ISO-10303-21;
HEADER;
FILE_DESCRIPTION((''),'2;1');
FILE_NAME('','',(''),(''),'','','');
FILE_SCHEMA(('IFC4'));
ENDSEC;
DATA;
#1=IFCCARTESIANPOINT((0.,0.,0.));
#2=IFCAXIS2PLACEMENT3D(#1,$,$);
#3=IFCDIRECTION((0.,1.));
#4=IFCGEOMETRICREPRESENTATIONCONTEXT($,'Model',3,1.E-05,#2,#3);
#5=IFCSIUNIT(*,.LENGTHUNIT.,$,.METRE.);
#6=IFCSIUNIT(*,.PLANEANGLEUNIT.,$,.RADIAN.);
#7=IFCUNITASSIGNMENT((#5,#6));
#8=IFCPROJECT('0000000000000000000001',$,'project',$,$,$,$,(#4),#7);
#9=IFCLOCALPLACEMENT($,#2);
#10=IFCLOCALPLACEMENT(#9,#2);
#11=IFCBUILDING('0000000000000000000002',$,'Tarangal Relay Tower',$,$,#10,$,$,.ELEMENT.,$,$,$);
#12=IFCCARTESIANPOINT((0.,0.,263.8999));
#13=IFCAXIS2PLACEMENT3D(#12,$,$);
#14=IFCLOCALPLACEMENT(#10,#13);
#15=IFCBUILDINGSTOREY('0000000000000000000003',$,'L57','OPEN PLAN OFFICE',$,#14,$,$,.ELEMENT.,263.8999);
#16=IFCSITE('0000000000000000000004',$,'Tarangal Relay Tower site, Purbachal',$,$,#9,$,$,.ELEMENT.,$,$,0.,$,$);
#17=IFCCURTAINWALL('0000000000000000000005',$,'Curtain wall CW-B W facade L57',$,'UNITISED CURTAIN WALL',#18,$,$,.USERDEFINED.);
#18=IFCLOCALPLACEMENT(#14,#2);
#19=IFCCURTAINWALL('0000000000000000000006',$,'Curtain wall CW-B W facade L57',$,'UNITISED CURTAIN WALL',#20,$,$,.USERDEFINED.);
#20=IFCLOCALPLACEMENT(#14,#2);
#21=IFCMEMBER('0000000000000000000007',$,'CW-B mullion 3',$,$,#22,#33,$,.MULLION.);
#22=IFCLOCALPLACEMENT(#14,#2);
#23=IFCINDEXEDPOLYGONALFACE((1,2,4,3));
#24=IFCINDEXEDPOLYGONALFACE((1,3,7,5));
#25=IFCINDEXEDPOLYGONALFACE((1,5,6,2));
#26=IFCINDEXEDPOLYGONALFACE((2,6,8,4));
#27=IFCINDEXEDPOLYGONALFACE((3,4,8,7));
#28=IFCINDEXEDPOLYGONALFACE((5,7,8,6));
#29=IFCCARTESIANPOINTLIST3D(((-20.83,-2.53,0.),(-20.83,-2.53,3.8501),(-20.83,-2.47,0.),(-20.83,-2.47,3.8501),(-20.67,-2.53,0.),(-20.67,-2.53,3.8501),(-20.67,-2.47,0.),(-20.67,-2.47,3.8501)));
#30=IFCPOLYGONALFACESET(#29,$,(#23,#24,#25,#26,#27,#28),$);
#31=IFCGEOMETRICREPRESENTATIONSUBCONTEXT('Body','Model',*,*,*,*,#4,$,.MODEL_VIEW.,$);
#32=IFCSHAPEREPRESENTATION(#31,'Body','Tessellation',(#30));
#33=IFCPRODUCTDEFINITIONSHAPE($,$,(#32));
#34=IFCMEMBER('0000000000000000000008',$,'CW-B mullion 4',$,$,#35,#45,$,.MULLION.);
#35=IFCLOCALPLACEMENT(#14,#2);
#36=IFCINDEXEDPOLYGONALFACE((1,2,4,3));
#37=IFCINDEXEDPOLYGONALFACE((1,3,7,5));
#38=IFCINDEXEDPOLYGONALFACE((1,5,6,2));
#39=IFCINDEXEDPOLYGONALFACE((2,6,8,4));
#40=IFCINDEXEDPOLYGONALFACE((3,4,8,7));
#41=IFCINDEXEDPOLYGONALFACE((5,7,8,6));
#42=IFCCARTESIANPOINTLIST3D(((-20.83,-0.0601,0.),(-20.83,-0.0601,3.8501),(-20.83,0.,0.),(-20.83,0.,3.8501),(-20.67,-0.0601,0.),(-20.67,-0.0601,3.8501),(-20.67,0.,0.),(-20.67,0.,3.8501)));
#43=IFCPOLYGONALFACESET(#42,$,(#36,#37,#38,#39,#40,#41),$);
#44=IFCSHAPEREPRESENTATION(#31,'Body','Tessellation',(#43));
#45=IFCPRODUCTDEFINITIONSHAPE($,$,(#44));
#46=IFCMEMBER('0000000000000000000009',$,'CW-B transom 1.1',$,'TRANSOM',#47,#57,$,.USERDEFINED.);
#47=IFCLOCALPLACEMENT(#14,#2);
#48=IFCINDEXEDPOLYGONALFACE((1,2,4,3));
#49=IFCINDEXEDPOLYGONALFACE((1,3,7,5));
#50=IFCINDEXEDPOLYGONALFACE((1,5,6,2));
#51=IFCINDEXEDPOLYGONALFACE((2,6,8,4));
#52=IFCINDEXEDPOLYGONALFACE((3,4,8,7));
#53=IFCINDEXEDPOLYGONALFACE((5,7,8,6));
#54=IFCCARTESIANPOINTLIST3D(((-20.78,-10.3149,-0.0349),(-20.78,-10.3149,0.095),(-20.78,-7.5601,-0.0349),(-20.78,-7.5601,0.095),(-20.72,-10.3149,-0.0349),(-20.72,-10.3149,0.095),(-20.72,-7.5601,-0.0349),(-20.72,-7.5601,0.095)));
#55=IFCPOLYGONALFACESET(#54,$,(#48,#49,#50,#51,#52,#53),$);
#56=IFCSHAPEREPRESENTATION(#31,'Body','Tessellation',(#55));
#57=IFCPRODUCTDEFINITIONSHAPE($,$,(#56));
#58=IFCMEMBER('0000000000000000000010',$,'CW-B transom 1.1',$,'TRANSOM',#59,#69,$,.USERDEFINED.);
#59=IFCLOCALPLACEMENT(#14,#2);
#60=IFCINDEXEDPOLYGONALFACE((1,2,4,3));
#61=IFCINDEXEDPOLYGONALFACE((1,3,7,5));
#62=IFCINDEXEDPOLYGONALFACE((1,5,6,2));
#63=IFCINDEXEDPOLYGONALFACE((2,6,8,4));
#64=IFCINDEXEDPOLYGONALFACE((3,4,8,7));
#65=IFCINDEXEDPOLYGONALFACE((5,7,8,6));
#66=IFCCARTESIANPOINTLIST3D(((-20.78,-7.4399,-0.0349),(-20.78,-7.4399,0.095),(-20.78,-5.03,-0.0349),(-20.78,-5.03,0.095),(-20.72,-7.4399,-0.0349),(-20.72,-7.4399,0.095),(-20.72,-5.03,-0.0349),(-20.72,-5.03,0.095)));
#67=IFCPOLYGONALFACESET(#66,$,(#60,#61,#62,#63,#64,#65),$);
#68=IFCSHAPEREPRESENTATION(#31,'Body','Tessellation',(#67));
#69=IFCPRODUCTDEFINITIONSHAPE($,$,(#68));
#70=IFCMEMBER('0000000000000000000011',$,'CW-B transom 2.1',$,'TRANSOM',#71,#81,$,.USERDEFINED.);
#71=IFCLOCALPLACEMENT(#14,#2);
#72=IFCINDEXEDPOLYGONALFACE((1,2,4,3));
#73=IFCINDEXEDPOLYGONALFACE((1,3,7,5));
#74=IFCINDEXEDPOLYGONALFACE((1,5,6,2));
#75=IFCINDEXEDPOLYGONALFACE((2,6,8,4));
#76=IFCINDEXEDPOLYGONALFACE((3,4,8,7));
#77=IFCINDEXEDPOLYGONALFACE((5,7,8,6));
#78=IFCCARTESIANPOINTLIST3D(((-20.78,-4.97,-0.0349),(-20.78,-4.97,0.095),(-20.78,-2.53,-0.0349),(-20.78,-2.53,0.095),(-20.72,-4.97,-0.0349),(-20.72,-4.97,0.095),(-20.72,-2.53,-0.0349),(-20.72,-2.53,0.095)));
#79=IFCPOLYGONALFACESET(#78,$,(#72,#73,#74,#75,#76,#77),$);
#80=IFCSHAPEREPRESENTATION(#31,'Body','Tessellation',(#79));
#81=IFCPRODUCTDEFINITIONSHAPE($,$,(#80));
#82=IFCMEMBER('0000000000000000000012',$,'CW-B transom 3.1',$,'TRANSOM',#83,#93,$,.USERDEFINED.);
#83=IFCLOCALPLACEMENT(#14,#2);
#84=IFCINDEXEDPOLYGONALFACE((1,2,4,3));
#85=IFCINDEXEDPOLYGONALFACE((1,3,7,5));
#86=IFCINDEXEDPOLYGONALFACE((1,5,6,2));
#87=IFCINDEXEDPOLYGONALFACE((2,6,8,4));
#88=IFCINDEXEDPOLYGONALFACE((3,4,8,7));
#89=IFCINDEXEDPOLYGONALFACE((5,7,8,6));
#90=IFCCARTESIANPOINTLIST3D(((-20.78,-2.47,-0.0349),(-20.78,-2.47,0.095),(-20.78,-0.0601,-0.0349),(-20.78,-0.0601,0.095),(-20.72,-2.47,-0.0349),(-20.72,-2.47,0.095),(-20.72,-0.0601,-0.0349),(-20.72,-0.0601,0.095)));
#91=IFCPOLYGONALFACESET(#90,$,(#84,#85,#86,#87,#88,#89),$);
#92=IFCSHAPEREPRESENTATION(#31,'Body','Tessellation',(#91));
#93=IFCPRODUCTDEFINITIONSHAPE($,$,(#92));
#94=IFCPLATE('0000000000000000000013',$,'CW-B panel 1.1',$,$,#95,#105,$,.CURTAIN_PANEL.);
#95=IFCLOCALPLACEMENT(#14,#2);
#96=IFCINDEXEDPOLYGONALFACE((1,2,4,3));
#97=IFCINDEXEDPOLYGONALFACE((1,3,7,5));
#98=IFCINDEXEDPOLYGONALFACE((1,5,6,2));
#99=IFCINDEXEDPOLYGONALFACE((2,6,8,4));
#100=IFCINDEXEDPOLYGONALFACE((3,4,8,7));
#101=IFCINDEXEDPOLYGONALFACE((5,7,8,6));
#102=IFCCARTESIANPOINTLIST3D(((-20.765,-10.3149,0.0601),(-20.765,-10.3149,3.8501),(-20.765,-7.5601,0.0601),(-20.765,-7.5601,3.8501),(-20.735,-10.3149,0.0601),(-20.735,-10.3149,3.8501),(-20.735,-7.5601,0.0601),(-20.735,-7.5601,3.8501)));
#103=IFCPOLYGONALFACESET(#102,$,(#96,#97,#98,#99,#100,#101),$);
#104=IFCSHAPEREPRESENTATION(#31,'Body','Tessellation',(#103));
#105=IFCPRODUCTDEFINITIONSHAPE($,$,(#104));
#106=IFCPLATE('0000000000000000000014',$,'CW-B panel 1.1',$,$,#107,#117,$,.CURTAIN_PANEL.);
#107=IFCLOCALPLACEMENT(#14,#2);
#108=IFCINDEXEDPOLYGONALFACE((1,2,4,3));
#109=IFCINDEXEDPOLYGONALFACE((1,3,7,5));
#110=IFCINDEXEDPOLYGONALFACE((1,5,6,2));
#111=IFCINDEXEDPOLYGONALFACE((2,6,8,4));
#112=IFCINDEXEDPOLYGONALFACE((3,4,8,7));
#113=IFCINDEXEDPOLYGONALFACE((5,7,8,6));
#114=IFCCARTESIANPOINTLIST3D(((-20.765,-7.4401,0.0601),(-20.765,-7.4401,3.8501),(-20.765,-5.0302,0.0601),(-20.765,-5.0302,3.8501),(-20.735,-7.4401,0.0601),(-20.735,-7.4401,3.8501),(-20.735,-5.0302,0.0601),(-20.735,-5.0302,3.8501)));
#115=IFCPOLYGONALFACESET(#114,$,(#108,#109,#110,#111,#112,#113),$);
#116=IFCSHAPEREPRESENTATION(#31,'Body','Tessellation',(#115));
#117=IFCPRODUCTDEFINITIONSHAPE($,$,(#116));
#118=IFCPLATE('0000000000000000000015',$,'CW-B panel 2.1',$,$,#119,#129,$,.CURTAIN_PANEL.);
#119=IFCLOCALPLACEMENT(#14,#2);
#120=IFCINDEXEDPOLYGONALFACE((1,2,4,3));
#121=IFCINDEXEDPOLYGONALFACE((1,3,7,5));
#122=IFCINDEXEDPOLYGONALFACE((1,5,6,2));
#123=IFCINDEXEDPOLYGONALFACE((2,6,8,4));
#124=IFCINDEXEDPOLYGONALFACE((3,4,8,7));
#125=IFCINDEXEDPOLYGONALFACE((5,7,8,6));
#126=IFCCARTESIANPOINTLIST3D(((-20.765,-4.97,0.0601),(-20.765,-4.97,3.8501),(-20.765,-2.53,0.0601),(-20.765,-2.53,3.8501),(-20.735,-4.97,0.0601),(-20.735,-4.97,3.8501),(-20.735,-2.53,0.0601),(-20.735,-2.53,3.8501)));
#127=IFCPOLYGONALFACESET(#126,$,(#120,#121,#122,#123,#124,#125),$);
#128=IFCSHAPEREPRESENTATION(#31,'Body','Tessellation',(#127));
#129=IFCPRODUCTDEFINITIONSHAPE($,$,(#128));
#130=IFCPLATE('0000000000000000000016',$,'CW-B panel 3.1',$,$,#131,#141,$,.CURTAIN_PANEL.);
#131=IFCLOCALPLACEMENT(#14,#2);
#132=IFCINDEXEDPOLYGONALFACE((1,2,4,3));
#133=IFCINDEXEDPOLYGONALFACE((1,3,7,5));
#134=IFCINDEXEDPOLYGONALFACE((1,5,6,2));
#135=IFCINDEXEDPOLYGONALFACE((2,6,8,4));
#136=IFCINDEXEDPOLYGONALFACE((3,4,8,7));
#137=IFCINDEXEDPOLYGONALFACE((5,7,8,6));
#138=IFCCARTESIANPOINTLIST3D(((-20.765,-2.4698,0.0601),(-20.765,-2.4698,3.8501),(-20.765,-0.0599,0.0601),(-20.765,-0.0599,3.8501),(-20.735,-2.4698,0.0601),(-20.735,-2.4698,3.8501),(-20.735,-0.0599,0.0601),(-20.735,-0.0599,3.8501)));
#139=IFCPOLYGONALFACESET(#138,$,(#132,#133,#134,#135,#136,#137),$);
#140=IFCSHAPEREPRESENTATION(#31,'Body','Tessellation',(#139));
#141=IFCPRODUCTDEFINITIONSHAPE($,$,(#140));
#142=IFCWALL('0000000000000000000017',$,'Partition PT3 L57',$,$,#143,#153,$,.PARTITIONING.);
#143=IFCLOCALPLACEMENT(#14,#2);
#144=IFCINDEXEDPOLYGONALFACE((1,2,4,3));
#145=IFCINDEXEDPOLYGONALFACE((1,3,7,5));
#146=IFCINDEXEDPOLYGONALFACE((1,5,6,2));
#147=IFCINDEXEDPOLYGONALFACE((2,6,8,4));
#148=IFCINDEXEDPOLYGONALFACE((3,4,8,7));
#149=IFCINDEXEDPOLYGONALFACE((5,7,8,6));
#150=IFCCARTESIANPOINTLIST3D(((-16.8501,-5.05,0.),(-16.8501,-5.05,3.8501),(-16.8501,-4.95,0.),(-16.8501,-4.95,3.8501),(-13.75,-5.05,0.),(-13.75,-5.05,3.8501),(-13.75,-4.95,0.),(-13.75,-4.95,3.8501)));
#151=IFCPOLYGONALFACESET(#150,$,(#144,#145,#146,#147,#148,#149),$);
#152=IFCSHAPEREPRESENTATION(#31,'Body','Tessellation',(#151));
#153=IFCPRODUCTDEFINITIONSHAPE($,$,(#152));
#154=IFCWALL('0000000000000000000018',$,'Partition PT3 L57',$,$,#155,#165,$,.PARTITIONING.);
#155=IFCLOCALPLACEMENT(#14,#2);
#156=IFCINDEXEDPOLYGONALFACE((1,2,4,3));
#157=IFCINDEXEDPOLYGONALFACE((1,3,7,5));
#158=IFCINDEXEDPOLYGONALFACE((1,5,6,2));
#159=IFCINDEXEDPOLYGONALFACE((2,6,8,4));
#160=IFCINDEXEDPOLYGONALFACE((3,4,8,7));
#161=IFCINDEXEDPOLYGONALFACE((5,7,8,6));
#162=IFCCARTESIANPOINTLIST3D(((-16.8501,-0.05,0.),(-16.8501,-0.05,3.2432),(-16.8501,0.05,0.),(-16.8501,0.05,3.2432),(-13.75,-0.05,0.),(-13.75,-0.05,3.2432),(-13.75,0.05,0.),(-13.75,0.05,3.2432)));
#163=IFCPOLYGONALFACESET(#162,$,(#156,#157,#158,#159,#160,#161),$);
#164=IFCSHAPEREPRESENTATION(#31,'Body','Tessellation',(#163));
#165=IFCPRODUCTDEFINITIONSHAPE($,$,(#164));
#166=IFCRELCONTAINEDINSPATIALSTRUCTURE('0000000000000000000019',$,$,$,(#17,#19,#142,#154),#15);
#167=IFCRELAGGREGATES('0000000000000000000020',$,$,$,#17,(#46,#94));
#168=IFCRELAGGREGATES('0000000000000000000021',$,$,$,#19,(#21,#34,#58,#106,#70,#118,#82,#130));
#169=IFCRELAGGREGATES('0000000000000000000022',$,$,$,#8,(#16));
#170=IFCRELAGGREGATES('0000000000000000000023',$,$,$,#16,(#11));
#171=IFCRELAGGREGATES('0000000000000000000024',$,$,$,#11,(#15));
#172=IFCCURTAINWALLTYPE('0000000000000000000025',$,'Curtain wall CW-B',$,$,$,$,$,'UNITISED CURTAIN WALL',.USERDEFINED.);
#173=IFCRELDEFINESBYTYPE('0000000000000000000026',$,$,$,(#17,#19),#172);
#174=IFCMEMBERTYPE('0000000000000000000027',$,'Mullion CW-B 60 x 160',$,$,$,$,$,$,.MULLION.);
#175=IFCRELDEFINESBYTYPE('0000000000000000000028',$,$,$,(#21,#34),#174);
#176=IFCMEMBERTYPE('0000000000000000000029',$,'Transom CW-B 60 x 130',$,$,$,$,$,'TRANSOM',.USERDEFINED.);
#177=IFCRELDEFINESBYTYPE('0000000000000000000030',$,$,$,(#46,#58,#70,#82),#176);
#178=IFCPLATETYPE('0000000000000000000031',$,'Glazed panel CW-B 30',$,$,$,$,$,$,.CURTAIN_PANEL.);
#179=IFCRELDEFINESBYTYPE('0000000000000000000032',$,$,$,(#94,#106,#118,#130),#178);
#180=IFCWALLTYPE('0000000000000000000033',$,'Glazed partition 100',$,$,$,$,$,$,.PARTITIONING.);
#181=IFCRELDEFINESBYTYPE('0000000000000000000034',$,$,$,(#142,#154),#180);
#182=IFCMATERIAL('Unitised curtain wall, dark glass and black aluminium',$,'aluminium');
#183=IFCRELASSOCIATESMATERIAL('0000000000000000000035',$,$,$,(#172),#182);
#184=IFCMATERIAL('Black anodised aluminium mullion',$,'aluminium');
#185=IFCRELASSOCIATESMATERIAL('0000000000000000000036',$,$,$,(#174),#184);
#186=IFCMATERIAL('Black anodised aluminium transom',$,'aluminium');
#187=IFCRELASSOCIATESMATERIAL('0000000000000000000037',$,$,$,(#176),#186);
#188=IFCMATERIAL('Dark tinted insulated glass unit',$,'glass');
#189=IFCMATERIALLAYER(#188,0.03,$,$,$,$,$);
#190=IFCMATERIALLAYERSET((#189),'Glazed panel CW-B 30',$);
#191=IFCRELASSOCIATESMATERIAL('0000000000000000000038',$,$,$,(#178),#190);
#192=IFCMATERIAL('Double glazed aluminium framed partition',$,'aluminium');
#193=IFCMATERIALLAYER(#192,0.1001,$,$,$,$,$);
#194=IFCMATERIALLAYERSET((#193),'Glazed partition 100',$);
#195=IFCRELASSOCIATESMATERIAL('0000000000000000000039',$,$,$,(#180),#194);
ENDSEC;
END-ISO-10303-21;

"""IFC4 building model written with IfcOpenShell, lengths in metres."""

from ifc_helpers import new_model, si_unit, direction, frame, frame_2d, origin, origin_2d, place, context, subcontext, project, spatial, rectangle, extrude, material, layer, layer_set, material_profile, profile_set, type_object, element, aggregate, save


model = new_model("IFC4")

# Units and contexts
model_context = context("Model", 3, precision=1e-05, world=origin(), true_north=direction((0.0, 1.0)))
body_context = subcontext(model_context, "Body", "Model", "MODEL_VIEW")
ifc_project = project(units=[si_unit("LENGTHUNIT", "METRE"), si_unit("PLANEANGLEUNIT", "RADIAN")], contexts=[model_context])

# Site, building, storey
site_placement = place(None, origin())
site = spatial("IfcSite", under=ifc_project, at=site_placement, Name="Tarangal Relay Tower site, Purbachal", CompositionType="ELEMENT", RefElevation=0.0)
building_placement = place(site_placement, origin())
building = spatial("IfcBuilding", under=site, at=building_placement, Name="Tarangal Relay Tower", CompositionType="ELEMENT")
storey_placement = place(building_placement, frame((0.0, 0.0, 263.8999)))
storey = spatial("IfcBuildingStorey", under=building, at=storey_placement, Name="L57", Description="OPEN PLAN OFFICE", CompositionType="ELEMENT", Elevation=263.8999)

# Curtain walls, members
ifc_material_1 = material(Name="Unitised curtain wall, dark glass and black aluminium", Category="aluminium")
curtain_wall_type = type_object("IfcCurtainWallType", Name="Curtain wall CW-B", ElementType="UNITISED CURTAIN WALL", PredefinedType="USERDEFINED", material=ifc_material_1)
curtain_wall_1_placement = place(storey_placement, origin())
curtain_wall_1 = element("IfcCurtainWall", 1, at=curtain_wall_1_placement, inside=storey, type_object=curtain_wall_type, Name="Curtain wall CW-B W facade L57", ObjectType="UNITISED CURTAIN WALL", PredefinedType="USERDEFINED")
ifc_material_2 = material(Name="Black anodised aluminium mullion", Category="aluminium")
ifc_material_profile_1 = material_profile(ifc_material_2, rectangle(XDim=0.1599, YDim=0.0601, at=origin_2d()), Name="CW-BM 60X160")
ifc_profile_set_1 = profile_set([ifc_material_profile_1], Name="Black anodised aluminium mullion")
member_type_1 = type_object("IfcMemberType", Name="Mullion CW-B 60 x 160", PredefinedType="MULLION", material=ifc_profile_set_1)
curtain_wall_2_placement = place(storey_placement, origin())
curtain_wall_2 = element("IfcCurtainWall", 2, at=curtain_wall_2_placement, inside=storey, type_object=curtain_wall_type, Name="Curtain wall CW-B W facade L57", ObjectType="UNITISED CURTAIN WALL", PredefinedType="USERDEFINED")
member_1_placement = place(storey_placement, frame((-20.75, -2.5, 0.0), z_axis=(0.0, 0.0, 1.0), x_axis=(-1.0, 0.0, 0.0)))
member_1 = element("IfcMember", 3, at=member_1_placement, type_object=member_type_1, Name="CW-B mullion 3", PredefinedType="MULLION", context=body_context, shape_type="SweptSolid", body=[
    extrude(rectangle(XDim=0.1599, YDim=0.0601, at=origin_2d()), origin(), (0.0, 0.0, 1.0), 3.8501),
])
member_2_placement = place(storey_placement, frame((-20.75, -0.03, 0.0), z_axis=(0.0, 0.0, 1.0), x_axis=(-1.0, 0.0, 0.0)))
member_2 = element("IfcMember", 4, at=member_2_placement, type_object=member_type_1, Name="CW-B mullion 4", PredefinedType="MULLION", context=body_context, shape_type="SweptSolid", body=[
    extrude(rectangle(XDim=0.1599, YDim=0.0601, at=origin_2d()), origin(), (0.0, 0.0, 1.0), 3.8501),
])

# Members
ifc_material_3 = material(Name="Black anodised aluminium transom", Category="aluminium")
ifc_material_profile_2 = material_profile(ifc_material_3, rectangle(XDim=0.0601, YDim=0.1299, at=origin_2d()), Name="CW-BT 60X130")
ifc_profile_set_2 = profile_set([ifc_material_profile_2], Name="Black anodised aluminium transom")
member_type_2 = type_object("IfcMemberType", Name="Transom CW-B 60 x 130", ElementType="TRANSOM", PredefinedType="USERDEFINED", material=ifc_profile_set_2)
member_3_placement = place(storey_placement, frame((-20.75, -10.3149, 0.03), z_axis=(0.0, 1.0, 0.0), x_axis=(-1.0, 0.0, 0.0)))
member_3 = element("IfcMember", 5, at=member_3_placement, type_object=member_type_2, Name="CW-B transom 1.1", ObjectType="TRANSOM", PredefinedType="USERDEFINED", context=body_context, shape_type="SweptSolid", body=[
    extrude(rectangle(XDim=0.0601, YDim=0.1299, at=origin_2d()), origin(), (0.0, 0.0, 1.0), 2.7549),
])
member_4_placement = place(storey_placement, frame((-20.75, -7.4399, 0.03), z_axis=(0.0, 1.0, 0.0), x_axis=(-1.0, 0.0, 0.0)))
member_4 = element("IfcMember", 6, at=member_4_placement, type_object=member_type_2, Name="CW-B transom 1.1", ObjectType="TRANSOM", PredefinedType="USERDEFINED", context=body_context, shape_type="SweptSolid", body=[
    extrude(rectangle(XDim=0.0601, YDim=0.1299, at=origin_2d()), origin(), (0.0, 0.0, 1.0), 2.4099),
])
member_5_placement = place(storey_placement, frame((-20.75, -4.97, 0.03), z_axis=(0.0, 1.0, 0.0), x_axis=(-1.0, 0.0, 0.0)))
member_5 = element("IfcMember", 7, at=member_5_placement, type_object=member_type_2, Name="CW-B transom 2.1", ObjectType="TRANSOM", PredefinedType="USERDEFINED", context=body_context, shape_type="SweptSolid", body=[
    extrude(rectangle(XDim=0.0601, YDim=0.1299, at=origin_2d()), origin(), (0.0, 0.0, 1.0), 2.4399),
])
member_6_placement = place(storey_placement, frame((-20.75, -2.47, 0.03), z_axis=(0.0, 1.0, 0.0), x_axis=(-1.0, 0.0, 0.0)))
member_6 = element("IfcMember", 8, at=member_6_placement, type_object=member_type_2, Name="CW-B transom 3.1", ObjectType="TRANSOM", PredefinedType="USERDEFINED", context=body_context, shape_type="SweptSolid", body=[
    extrude(rectangle(XDim=0.0601, YDim=0.1299, at=origin_2d()), origin(), (0.0, 0.0, 1.0), 2.4099),
])

# Plates
ifc_material_4 = material(Name="Dark tinted insulated glass unit", Category="glass")
ifc_layer_1 = layer(ifc_material_4, 0.03)
ifc_layer_set_1 = layer_set([ifc_layer_1], Name="Glazed panel CW-B 30")
plate_type = type_object("IfcPlateType", Name="Glazed panel CW-B 30", PredefinedType="CURTAIN_PANEL", material=ifc_layer_set_1)
plate_1_placement = place(storey_placement, frame((-20.75, -8.9375, 0.0601), z_axis=(0.0, 0.0, 1.0), x_axis=(0.0, 1.0, 0.0)))
plate_1 = element("IfcPlate", 9, at=plate_1_placement, type_object=plate_type, Name="CW-B panel 1.1", PredefinedType="CURTAIN_PANEL", context=body_context, shape_type="SweptSolid", body=[
    extrude(rectangle(XDim=2.7549, YDim=0.03, at=origin_2d()), origin(), (0.0, 0.0, 1.0), 3.79),
])
aggregate(curtain_wall_1, [member_3, plate_1])
plate_2_placement = place(storey_placement, frame((-20.75, -6.2351, 0.0601), z_axis=(0.0, 0.0, 1.0), x_axis=(0.0, 1.0, 0.0)))
plate_2 = element("IfcPlate", 10, at=plate_2_placement, type_object=plate_type, Name="CW-B panel 1.1", PredefinedType="CURTAIN_PANEL", context=body_context, shape_type="SweptSolid", body=[
    extrude(rectangle(XDim=2.4099, YDim=0.03, at=origin_2d()), origin(), (0.0, 0.0, 1.0), 3.79),
])
plate_3_placement = place(storey_placement, frame((-20.75, -3.75, 0.0601), z_axis=(0.0, 0.0, 1.0), x_axis=(0.0, 1.0, 0.0)))
plate_3 = element("IfcPlate", 11, at=plate_3_placement, type_object=plate_type, Name="CW-B panel 2.1", PredefinedType="CURTAIN_PANEL", context=body_context, shape_type="SweptSolid", body=[
    extrude(rectangle(XDim=2.4399, YDim=0.03, at=origin_2d()), origin(), (0.0, 0.0, 1.0), 3.79),
])
plate_4_placement = place(storey_placement, frame((-20.75, -1.2649, 0.0601), z_axis=(0.0, 0.0, 1.0), x_axis=(0.0, 1.0, 0.0)))
plate_4 = element("IfcPlate", 12, at=plate_4_placement, type_object=plate_type, Name="CW-B panel 3.1", PredefinedType="CURTAIN_PANEL", context=body_context, shape_type="SweptSolid", body=[
    extrude(rectangle(XDim=2.4099, YDim=0.03, at=origin_2d()), origin(), (0.0, 0.0, 1.0), 3.79),
])
aggregate(curtain_wall_2, [member_1, member_2, member_4, plate_2, member_5, plate_3, member_6, plate_4])

# Walls
ifc_material_5 = material(Name="Double glazed aluminium framed partition", Category="aluminium")
ifc_layer_2 = layer(ifc_material_5, 0.1001)
ifc_layer_set_2 = layer_set([ifc_layer_2], Name="Glazed partition 100")
wall_type = type_object("IfcWallType", Name="Glazed partition 100", PredefinedType="PARTITIONING", material=ifc_layer_set_2)
wall_1_placement = place(storey_placement, frame((-16.8501, -5.0, 0.0), z_axis=(0.0, 0.0, 1.0), x_axis=(1.0, 0.0, 0.0)))
element("IfcWall", 13, at=wall_1_placement, inside=storey, type_object=wall_type, Name="Partition PT3 L57", PredefinedType="PARTITIONING", context=body_context, shape_type="SweptSolid", body=[
    extrude(rectangle(XDim=3.1001, YDim=0.1001, at=frame_2d((1.55, 0.0))), origin(), (0.0, 0.0, 1.0), 3.8501),
])
wall_2_placement = place(storey_placement, frame((-16.8501, 0.0, 0.0), z_axis=(0.0, 0.0, 1.0), x_axis=(1.0, 0.0, 0.0)))
element("IfcWall", 14, at=wall_2_placement, inside=storey, type_object=wall_type, Name="Partition PT3 L57", PredefinedType="PARTITIONING", context=body_context, shape_type="SweptSolid", body=[
    extrude(rectangle(XDim=3.1001, YDim=0.1001, at=frame_2d((1.55, 0.0))), origin(), (0.0, 0.0, 1.0), 3.2432),
])

save(model, "model.ifc")
